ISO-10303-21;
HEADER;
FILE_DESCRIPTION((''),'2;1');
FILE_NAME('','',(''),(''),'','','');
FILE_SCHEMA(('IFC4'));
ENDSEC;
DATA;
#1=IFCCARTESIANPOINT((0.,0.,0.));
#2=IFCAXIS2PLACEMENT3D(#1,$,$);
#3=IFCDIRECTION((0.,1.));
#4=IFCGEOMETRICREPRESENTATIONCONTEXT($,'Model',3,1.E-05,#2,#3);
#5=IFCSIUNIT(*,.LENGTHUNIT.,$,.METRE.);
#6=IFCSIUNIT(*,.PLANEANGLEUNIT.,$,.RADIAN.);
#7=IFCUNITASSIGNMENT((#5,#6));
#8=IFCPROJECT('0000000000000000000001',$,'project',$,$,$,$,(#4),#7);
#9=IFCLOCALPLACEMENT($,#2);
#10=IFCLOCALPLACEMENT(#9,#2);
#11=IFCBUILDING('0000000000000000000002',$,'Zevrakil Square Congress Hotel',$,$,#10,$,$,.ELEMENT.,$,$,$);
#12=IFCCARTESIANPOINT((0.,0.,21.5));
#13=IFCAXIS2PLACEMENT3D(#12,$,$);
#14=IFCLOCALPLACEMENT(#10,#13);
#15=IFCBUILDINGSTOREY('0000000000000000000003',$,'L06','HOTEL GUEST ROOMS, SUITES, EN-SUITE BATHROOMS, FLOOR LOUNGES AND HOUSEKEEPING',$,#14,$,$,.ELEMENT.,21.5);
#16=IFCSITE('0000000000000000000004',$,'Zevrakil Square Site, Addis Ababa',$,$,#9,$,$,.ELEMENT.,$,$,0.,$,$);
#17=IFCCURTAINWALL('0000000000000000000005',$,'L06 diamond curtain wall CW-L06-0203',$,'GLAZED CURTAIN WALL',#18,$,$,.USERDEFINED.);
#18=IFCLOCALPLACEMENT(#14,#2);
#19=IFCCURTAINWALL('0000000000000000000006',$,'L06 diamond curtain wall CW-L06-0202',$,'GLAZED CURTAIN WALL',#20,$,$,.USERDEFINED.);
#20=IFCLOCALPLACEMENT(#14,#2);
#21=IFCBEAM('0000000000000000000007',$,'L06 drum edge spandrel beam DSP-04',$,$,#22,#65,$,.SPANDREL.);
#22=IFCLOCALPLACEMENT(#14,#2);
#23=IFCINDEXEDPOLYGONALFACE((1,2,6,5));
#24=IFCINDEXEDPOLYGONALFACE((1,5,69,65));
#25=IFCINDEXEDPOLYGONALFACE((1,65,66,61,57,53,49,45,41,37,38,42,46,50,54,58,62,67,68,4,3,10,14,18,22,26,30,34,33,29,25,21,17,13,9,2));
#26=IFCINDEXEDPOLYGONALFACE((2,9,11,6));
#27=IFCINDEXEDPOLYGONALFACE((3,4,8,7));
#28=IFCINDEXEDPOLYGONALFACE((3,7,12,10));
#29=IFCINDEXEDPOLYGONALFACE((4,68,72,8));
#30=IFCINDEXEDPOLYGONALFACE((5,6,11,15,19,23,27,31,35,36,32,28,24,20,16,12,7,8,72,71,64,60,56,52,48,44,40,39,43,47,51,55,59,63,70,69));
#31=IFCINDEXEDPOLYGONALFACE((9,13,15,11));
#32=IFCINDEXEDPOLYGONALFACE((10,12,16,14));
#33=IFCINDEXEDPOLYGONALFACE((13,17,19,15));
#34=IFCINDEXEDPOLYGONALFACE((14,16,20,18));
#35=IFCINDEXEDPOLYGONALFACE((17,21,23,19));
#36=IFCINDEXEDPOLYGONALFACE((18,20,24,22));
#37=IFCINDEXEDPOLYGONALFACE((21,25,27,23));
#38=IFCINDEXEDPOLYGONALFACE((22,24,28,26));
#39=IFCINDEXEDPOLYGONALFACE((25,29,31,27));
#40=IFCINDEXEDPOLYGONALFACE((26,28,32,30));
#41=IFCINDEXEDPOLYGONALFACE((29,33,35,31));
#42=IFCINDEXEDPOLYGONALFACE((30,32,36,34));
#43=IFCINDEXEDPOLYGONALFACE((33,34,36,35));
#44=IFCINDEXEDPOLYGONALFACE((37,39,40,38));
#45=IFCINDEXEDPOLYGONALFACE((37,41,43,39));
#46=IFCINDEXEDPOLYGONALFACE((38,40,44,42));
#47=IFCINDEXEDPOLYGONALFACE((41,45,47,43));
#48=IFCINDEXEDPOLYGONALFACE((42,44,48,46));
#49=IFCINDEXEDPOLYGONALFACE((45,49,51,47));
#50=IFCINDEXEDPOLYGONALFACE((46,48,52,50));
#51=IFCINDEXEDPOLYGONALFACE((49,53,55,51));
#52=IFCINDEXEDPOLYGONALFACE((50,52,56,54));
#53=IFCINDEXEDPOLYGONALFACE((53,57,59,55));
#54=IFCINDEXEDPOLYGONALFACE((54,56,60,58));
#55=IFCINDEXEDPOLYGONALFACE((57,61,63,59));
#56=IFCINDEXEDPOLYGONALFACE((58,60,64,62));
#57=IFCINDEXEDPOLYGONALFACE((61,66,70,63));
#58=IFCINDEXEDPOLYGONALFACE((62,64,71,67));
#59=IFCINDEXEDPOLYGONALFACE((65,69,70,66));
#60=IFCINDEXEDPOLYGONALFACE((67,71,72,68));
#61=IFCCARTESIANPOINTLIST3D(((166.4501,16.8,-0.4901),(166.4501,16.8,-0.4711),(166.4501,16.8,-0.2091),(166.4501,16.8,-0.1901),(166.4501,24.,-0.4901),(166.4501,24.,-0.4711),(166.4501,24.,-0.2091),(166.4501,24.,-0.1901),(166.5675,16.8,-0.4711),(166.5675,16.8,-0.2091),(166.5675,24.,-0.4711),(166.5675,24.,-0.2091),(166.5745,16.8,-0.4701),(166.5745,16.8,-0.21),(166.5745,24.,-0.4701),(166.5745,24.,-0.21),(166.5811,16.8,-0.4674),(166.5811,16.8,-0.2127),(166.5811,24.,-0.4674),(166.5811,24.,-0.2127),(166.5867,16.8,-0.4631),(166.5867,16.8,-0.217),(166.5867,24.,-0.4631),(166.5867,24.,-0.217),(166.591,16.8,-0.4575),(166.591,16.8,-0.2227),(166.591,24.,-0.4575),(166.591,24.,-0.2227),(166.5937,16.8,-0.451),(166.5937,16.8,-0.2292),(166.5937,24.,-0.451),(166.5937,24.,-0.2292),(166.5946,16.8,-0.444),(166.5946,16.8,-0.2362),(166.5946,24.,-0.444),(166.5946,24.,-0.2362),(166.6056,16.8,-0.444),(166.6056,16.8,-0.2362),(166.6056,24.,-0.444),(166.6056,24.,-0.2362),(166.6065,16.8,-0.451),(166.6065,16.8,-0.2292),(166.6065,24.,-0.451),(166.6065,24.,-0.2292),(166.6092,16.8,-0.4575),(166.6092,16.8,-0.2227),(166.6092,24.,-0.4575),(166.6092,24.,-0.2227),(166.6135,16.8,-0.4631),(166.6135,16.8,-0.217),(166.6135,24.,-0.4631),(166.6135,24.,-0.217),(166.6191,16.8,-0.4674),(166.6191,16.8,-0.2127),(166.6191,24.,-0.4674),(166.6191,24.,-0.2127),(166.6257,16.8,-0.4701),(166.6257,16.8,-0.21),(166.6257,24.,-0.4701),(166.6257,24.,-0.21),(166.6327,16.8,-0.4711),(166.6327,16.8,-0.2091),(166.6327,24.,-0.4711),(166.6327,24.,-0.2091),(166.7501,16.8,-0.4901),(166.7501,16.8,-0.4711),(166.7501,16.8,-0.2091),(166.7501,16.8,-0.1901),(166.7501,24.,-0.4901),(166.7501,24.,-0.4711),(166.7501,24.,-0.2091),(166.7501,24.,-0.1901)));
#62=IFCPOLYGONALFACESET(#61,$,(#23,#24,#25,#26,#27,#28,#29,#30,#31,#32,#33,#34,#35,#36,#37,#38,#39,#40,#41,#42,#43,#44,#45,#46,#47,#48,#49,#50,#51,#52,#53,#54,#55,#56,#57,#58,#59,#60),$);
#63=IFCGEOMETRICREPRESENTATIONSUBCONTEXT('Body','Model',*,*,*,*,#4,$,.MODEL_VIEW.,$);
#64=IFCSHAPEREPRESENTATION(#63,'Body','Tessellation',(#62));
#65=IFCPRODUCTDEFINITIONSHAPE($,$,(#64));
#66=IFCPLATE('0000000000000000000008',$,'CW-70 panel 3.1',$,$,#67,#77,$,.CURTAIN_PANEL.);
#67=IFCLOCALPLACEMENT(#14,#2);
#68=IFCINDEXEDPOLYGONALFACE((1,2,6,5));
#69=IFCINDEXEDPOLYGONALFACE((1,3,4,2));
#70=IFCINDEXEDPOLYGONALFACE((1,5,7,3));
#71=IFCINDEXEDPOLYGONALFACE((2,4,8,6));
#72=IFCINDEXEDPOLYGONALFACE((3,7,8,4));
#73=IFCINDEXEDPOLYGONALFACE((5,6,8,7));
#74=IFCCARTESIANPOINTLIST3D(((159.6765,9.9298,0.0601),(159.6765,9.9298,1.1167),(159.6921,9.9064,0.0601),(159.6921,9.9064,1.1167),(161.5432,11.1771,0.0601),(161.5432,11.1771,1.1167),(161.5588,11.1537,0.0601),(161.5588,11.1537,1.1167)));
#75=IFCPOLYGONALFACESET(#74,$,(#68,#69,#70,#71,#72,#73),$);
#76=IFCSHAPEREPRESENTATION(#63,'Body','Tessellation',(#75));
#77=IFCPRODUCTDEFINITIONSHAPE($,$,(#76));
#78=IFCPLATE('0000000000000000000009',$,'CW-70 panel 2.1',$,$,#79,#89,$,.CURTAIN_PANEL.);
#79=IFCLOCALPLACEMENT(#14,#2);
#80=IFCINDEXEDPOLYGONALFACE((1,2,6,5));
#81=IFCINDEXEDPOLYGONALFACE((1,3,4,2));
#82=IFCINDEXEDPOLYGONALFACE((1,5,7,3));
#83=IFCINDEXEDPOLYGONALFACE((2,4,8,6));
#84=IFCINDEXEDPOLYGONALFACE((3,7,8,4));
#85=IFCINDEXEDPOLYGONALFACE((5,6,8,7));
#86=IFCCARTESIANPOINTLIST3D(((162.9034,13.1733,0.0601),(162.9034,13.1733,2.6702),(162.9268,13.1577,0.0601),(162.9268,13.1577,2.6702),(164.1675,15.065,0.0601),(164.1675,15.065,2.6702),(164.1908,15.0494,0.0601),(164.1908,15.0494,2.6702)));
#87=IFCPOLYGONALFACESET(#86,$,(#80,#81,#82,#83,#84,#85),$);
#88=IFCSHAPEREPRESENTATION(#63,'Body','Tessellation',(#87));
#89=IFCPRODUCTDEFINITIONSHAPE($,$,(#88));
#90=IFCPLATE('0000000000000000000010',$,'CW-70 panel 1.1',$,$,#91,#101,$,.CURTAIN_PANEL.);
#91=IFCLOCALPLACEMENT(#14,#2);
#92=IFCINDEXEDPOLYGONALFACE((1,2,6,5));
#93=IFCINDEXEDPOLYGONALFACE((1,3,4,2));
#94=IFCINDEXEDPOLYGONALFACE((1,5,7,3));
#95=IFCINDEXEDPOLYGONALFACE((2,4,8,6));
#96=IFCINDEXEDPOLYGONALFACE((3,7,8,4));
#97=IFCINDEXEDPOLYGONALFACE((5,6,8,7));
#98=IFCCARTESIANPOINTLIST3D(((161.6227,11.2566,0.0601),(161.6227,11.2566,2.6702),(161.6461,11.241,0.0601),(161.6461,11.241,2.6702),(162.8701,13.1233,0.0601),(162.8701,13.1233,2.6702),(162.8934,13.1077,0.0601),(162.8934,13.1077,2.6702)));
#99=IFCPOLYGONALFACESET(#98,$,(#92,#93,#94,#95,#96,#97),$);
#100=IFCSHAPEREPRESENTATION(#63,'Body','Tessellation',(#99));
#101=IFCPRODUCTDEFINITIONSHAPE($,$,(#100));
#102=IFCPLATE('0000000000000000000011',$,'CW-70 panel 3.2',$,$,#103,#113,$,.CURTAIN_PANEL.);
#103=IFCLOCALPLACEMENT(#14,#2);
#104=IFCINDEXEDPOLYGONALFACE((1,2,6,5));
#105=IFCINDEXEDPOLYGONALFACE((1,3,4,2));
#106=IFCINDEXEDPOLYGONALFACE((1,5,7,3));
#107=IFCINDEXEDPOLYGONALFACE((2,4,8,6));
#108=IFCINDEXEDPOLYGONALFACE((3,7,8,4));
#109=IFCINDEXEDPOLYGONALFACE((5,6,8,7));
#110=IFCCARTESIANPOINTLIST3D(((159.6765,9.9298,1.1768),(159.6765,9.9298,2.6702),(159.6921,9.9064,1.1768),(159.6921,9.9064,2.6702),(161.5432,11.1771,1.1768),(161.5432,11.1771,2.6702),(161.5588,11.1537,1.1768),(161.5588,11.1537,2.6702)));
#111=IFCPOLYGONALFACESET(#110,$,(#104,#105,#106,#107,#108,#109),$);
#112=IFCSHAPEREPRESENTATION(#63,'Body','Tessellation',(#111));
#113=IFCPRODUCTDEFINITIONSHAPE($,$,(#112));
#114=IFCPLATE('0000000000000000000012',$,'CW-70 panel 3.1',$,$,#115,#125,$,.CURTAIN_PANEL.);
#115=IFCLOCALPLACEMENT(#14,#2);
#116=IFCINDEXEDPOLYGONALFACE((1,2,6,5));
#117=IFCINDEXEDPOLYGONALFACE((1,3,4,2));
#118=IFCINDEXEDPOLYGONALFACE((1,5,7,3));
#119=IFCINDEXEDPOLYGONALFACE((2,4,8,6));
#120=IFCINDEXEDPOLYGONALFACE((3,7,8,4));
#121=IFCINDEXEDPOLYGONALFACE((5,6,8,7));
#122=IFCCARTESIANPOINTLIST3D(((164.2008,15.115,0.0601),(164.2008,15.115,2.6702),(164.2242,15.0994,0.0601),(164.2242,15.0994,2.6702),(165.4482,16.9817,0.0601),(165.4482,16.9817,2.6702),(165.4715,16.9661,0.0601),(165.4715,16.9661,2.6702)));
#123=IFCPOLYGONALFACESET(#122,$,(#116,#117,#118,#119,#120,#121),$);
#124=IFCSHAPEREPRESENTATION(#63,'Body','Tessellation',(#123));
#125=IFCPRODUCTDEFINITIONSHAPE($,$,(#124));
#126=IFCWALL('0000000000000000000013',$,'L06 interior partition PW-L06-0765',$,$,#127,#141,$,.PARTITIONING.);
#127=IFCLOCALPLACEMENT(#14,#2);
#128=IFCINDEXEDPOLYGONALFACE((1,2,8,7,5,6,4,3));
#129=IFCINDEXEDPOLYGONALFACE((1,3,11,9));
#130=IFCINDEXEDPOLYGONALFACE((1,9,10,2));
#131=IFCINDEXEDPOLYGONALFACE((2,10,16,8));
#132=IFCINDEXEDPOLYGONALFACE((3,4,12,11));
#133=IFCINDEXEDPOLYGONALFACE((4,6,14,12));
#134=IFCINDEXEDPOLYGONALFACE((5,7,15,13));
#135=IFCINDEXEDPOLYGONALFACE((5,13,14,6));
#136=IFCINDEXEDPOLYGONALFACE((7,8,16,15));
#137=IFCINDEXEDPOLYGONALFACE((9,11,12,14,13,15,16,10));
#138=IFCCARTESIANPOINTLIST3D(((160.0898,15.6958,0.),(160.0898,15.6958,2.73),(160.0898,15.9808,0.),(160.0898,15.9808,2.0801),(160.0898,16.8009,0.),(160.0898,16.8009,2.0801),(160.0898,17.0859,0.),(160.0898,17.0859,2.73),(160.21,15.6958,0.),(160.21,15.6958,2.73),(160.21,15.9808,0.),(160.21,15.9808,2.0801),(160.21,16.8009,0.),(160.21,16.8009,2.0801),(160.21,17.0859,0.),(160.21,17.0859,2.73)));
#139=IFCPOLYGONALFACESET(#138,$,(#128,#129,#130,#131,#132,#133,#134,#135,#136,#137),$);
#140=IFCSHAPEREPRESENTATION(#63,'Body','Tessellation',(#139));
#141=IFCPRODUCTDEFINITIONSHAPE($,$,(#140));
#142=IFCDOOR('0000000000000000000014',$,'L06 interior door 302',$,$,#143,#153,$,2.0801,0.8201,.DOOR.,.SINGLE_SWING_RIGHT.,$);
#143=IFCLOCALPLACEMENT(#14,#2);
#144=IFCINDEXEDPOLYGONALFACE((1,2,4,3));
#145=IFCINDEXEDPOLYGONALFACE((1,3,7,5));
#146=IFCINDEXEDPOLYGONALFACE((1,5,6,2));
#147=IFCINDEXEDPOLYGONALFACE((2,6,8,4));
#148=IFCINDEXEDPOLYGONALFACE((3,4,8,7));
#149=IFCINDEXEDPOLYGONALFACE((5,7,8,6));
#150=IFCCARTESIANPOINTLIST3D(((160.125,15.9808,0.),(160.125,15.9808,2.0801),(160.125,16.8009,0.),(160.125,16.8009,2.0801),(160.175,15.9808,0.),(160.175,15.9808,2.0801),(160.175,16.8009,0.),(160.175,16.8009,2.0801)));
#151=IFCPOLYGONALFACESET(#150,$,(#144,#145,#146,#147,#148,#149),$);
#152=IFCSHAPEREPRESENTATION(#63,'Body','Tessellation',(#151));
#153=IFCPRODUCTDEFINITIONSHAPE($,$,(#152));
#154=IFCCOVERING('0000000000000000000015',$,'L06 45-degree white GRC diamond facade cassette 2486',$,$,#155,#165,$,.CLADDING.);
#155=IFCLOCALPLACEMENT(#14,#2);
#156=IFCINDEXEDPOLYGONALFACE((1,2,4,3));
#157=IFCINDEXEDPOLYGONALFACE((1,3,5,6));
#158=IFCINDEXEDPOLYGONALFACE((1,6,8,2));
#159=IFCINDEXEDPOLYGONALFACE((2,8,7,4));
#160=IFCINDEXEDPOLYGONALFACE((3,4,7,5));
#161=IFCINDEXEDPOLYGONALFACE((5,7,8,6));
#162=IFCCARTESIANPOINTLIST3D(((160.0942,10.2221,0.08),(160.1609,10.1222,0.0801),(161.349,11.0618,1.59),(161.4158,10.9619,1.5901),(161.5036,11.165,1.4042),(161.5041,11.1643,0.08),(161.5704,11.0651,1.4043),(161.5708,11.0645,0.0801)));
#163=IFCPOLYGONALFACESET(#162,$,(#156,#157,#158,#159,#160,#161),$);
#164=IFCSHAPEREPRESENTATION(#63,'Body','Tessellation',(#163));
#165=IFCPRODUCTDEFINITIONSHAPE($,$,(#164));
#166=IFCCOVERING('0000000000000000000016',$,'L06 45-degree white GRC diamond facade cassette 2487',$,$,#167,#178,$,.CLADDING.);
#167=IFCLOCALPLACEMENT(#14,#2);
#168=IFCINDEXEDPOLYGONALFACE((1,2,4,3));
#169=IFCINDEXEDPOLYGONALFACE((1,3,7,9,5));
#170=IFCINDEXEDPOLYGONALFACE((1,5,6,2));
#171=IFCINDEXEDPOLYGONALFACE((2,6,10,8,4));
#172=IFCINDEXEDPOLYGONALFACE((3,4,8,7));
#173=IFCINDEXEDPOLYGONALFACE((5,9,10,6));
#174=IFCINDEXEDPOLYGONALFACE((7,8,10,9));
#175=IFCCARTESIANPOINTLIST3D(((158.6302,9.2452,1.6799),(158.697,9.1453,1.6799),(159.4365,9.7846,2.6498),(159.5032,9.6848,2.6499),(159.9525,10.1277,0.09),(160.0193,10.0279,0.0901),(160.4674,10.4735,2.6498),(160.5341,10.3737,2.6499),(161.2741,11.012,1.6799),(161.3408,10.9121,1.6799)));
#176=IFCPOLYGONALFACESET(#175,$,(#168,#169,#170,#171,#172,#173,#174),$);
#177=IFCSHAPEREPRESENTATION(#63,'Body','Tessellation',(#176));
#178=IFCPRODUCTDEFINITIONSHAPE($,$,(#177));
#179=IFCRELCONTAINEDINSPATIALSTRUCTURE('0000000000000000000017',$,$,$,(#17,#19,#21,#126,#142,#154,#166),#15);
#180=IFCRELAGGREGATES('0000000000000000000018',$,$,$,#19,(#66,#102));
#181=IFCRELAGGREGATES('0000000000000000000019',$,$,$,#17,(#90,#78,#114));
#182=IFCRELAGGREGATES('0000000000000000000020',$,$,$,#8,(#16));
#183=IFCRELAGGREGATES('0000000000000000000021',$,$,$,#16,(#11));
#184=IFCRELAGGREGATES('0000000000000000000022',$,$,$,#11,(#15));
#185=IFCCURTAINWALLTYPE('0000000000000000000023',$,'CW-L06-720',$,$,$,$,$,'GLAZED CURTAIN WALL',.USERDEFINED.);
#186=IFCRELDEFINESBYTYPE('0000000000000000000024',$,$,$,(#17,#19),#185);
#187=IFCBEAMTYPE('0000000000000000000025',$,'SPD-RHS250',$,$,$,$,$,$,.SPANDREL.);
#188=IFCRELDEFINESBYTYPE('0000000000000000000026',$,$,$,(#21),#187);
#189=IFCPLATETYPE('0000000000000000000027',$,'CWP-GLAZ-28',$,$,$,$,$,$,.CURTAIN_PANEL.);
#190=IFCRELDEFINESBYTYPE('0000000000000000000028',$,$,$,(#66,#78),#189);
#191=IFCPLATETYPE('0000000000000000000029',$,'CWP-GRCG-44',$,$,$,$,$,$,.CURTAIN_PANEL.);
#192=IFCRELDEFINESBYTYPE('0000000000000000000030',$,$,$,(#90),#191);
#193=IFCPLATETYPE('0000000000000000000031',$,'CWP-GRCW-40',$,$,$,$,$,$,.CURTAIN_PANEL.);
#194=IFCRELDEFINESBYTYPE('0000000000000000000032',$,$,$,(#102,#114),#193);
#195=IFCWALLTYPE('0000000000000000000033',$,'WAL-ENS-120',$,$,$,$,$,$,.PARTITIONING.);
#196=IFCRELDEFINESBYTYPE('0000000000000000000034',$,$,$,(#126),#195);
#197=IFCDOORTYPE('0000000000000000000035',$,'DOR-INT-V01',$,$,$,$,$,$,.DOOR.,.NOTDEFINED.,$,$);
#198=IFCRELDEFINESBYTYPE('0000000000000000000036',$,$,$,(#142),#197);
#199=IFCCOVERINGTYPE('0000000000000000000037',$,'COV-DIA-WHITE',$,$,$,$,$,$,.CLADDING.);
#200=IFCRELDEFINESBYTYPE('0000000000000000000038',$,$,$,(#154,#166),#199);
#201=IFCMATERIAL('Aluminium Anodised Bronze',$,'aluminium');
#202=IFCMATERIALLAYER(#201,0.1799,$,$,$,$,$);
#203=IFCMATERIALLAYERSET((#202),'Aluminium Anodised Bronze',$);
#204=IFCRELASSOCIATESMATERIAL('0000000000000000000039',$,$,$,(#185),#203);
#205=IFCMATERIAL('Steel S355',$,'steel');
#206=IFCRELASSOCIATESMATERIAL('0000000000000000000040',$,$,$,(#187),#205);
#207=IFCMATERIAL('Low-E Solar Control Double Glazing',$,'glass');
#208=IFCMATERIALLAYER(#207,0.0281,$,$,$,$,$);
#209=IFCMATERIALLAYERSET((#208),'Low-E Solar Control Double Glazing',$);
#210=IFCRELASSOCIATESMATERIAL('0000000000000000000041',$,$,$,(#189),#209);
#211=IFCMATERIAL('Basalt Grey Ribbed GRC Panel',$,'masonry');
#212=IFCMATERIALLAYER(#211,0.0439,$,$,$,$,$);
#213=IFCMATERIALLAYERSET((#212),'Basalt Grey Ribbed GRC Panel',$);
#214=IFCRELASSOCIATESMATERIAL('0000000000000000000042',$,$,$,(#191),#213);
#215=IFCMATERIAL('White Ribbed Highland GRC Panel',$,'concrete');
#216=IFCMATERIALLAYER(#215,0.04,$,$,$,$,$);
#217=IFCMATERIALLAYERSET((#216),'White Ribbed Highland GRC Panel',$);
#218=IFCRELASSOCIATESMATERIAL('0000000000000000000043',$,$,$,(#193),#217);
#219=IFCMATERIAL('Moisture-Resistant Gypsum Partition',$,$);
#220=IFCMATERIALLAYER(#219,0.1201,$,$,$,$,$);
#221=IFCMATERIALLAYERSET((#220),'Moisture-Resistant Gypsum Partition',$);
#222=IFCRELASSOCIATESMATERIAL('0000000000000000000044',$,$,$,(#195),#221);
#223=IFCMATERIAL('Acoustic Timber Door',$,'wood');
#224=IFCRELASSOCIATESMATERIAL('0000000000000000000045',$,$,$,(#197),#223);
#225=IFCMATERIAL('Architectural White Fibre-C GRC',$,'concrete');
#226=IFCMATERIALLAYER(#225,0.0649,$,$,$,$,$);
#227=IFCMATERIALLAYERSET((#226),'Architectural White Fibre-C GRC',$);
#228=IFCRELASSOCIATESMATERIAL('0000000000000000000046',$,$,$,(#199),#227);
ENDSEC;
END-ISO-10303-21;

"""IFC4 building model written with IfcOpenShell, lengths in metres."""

from ifc_helpers import new_model, si_unit, direction, frame, frame_2d, origin, origin_2d, place, context, subcontext, project, spatial, polyline, rectangle, i_section, outline, extrude, material, layer, layer_set, material_profile, profile_set, type_object, element, fill, aggregate, save


model = new_model("IFC4")

# Units and contexts
model_context = context("Model", 3, precision=1e-05, world=origin(), true_north=direction((0.0, 1.0)))
body_context = subcontext(model_context, "Body", "Model", "MODEL_VIEW")
ifc_project = project(units=[si_unit("LENGTHUNIT", "METRE"), si_unit("PLANEANGLEUNIT", "RADIAN")], contexts=[model_context])

# Site, building, storey
site_placement = place(None, origin())
site = spatial("IfcSite", under=ifc_project, at=site_placement, Name="Zevrakil Square Site, Addis Ababa", CompositionType="ELEMENT", RefElevation=0.0)
building_placement = place(site_placement, origin())
building = spatial("IfcBuilding", under=site, at=building_placement, Name="Zevrakil Square Congress Hotel", CompositionType="ELEMENT")
storey_placement = place(building_placement, frame((0.0, 0.0, 21.5)))
storey = spatial("IfcBuildingStorey", under=building, at=storey_placement, Name="L06", Description="HOTEL GUEST ROOMS, SUITES, EN-SUITE BATHROOMS, FLOOR LOUNGES AND HOUSEKEEPING", CompositionType="ELEMENT", Elevation=21.5)

# Curtain wall
ifc_material_1 = material(Name="Aluminium Anodised Bronze", Category="aluminium")
ifc_layer_1 = layer(ifc_material_1, 0.1799)
ifc_layer_set_1 = layer_set([ifc_layer_1], Name="Aluminium Anodised Bronze")
curtain_wall_type = type_object("IfcCurtainWallType", Name="CW-L06-720", ElementType="GLAZED CURTAIN WALL", PredefinedType="USERDEFINED", material=ifc_layer_set_1)
curtain_wall_1_placement = place(storey_placement, origin())
curtain_wall_1 = element("IfcCurtainWall", 1, at=curtain_wall_1_placement, inside=storey, type_object=curtain_wall_type, Name="L06 diamond curtain wall CW-L06-0203", ObjectType="GLAZED CURTAIN WALL", PredefinedType="USERDEFINED")

# Curtain wall
curtain_wall_2_placement = place(storey_placement, origin())
curtain_wall_2 = element("IfcCurtainWall", 2, at=curtain_wall_2_placement, inside=storey, type_object=curtain_wall_type, Name="L06 diamond curtain wall CW-L06-0202", ObjectType="GLAZED CURTAIN WALL", PredefinedType="USERDEFINED")

# Beam
ifc_material_2 = material(Name="Steel S355", Category="steel")
ifc_material_profile_1 = material_profile(ifc_material_2, i_section(OverallWidth=0.3, OverallDepth=0.3, WebThickness=0.011, FlangeThickness=0.019, FilletRadius=0.0271, at=origin_2d()), Name="HEB 300")
ifc_profile_set_1 = profile_set([ifc_material_profile_1], Name="Steel S355")
beam_type_1 = type_object("IfcBeamType", Name="SPD-RHS250", PredefinedType="SPANDREL", material=ifc_profile_set_1)
beam_1_placement = place(storey_placement, frame((166.6001, 16.8, -0.3401), z_axis=(0.0, 1.0, 0.0), x_axis=(-1.0, 0.0, 0.0)))
element("IfcBeam", 3, at=beam_1_placement, inside=storey, type_object=beam_type_1, Name="L06 drum edge spandrel beam DSP-04", PredefinedType="SPANDREL", context=body_context, shape_type="SweptSolid", body=[
    extrude(i_section(OverallWidth=0.3, OverallDepth=0.3, WebThickness=0.011, FlangeThickness=0.019, FilletRadius=0.0271, at=origin_2d()), origin(), (0.0, 0.0, 1.0), 7.2),
])

# Plates
ifc_material_3 = material(Name="Low-E Solar Control Double Glazing", Category="glass")
ifc_layer_2 = layer(ifc_material_3, 0.0281)
ifc_layer_set_2 = layer_set([ifc_layer_2], Name="Low-E Solar Control Double Glazing")
plate_type_1 = type_object("IfcPlateType", Name="CWP-GLAZ-28", PredefinedType="CURTAIN_PANEL", material=ifc_layer_set_2)
plate_1_placement = place(storey_placement, frame((160.6177, 10.5417, 0.0601), z_axis=(0.0, 0.0, 1.0), x_axis=(0.831466, 0.555576, 0.0)))
plate_1 = element("IfcPlate", 4, at=plate_1_placement, type_object=plate_type_1, Name="CW-70 panel 3.1", PredefinedType="CURTAIN_PANEL", context=body_context, shape_type="SweptSolid", body=[
    extrude(rectangle(XDim=2.2451, YDim=0.0281, at=origin_2d()), origin(), (0.0, 0.0, 1.0), 1.0566),
])
plate_2_placement = place(storey_placement, frame((163.5471, 14.1113, 0.0601), z_axis=(0.0, 0.0, 1.0), x_axis=(0.555576, 0.831466, 0.0)))
plate_2 = element("IfcPlate", 5, at=plate_2_placement, type_object=plate_type_1, Name="CW-70 panel 2.1", PredefinedType="CURTAIN_PANEL", context=body_context, shape_type="SweptSolid", body=[
    extrude(rectangle(XDim=2.2751, YDim=0.0281, at=origin_2d()), origin(), (0.0, 0.0, 1.0), 2.6101),
])
ifc_material_4 = material(Name="Basalt Grey Ribbed GRC Panel", Category="masonry")
ifc_layer_3 = layer(ifc_material_4, 0.0439)
ifc_layer_set_3 = layer_set([ifc_layer_3], Name="Basalt Grey Ribbed GRC Panel")
plate_type_2 = type_object("IfcPlateType", Name="CWP-GRCG-44", PredefinedType="CURTAIN_PANEL", material=ifc_layer_set_3)
plate_3_placement = place(storey_placement, frame((162.2581, 12.1821, 0.0601), z_axis=(0.0, 0.0, 1.0), x_axis=(0.555576, 0.831466, 0.0)))
plate_3 = element("IfcPlate", 6, at=plate_3_placement, type_object=plate_type_2, Name="CW-70 panel 1.1", PredefinedType="CURTAIN_PANEL", context=body_context, shape_type="SweptSolid", body=[
    extrude(rectangle(XDim=2.2451, YDim=0.0281, at=origin_2d()), origin(), (0.0, 0.0, 1.0), 2.6101),
])
ifc_material_5 = material(Name="White Ribbed Highland GRC Panel", Category="concrete")
ifc_layer_4 = layer(ifc_material_5, 0.04)
ifc_layer_set_4 = layer_set([ifc_layer_4], Name="White Ribbed Highland GRC Panel")
plate_type_3 = type_object("IfcPlateType", Name="CWP-GRCW-40", PredefinedType="CURTAIN_PANEL", material=ifc_layer_set_4)
plate_4_placement = place(storey_placement, frame((160.6177, 10.5417, 1.1768), z_axis=(0.0, 0.0, 1.0), x_axis=(0.831466, 0.555576, 0.0)))
plate_4 = element("IfcPlate", 7, at=plate_4_placement, type_object=plate_type_3, Name="CW-70 panel 3.2", PredefinedType="CURTAIN_PANEL", context=body_context, shape_type="SweptSolid", body=[
    extrude(rectangle(XDim=2.2451, YDim=0.0281, at=origin_2d()), origin(), (0.0, 0.0, 1.0), 1.4934),
])
aggregate(curtain_wall_2, [plate_1, plate_4])
plate_5_placement = place(storey_placement, frame((164.8362, 16.0405, 0.0601), z_axis=(0.0, 0.0, 1.0), x_axis=(0.555576, 0.831466, 0.0)))
plate_5 = element("IfcPlate", 8, at=plate_5_placement, type_object=plate_type_3, Name="CW-70 panel 3.1", PredefinedType="CURTAIN_PANEL", context=body_context, shape_type="SweptSolid", body=[
    extrude(rectangle(XDim=2.2451, YDim=0.0281, at=origin_2d()), origin(), (0.0, 0.0, 1.0), 2.6101),
])
aggregate(curtain_wall_1, [plate_3, plate_2, plate_5])

# Wall, opening, door
ifc_material_6 = material(Name="Moisture-Resistant Gypsum Partition")
ifc_layer_5 = layer(ifc_material_6, 0.1201)
ifc_layer_set_5 = layer_set([ifc_layer_5], Name="Moisture-Resistant Gypsum Partition")
wall_type = type_object("IfcWallType", Name="WAL-ENS-120", PredefinedType="PARTITIONING", material=ifc_layer_set_5)
wall_placement = place(storey_placement, frame((160.1499, 15.6958, 0.0), z_axis=(0.0, 0.0, 1.0), x_axis=(0.0, 1.0, 0.0)))
wall = element("IfcWall", 9, at=wall_placement, inside=storey, type_object=wall_type, Name="L06 interior partition PW-L06-0765", PredefinedType="PARTITIONING", context=body_context, shape_type="SweptSolid", body=[
    extrude(rectangle(XDim=1.3901, YDim=0.1201, at=frame_2d((0.6951, 0.0))), origin(), (0.0, 0.0, 1.0), 2.73),
])
opening_placement = place(wall_placement, frame((0.2849, 0.0, 0.0)))
opening = element("IfcOpeningElement", 10, at=opening_placement, cuts=wall, PredefinedType="OPENING", context=body_context, shape_type="SweptSolid", body=[
    extrude(rectangle(XDim=0.8201, YDim=2.0801, at=frame_2d((0.4102, 1.04))), frame((0.0, 0.0701, 0.0), z_axis=(0.0, -1.0, 0.0), x_axis=(1.0, 0.0, 0.0)), (0.0, 0.0, 1.0), 0.1401),
])
ifc_material_7 = material(Name="Acoustic Timber Door", Category="wood")
door_type = type_object("IfcDoorType", Name="DOR-INT-V01", OperationType="NOTDEFINED", PredefinedType="DOOR", material=ifc_material_7)
door_placement = place(opening_placement, origin())
door = element("IfcDoor", 11, at=door_placement, inside=storey, type_object=door_type, Name="L06 interior door 302", OperationType="SINGLE_SWING_RIGHT", OverallHeight=2.0801, OverallWidth=0.8201, PredefinedType="DOOR", context=body_context, shape_type="SweptSolid", body=[
    extrude(rectangle(XDim=0.8201, YDim=2.0801, at=frame_2d((0.4102, 1.04))), frame((0.0, 0.0249, 0.0), z_axis=(0.0, -1.0, 0.0), x_axis=(1.0, 0.0, 0.0)), (0.0, 0.0, 1.0), 0.05),
])
fill(opening, door)

# Coverings
ifc_material_8 = material(Name="Architectural White Fibre-C GRC", Category="concrete")
ifc_layer_6 = layer(ifc_material_8, 0.0649)
ifc_layer_set_6 = layer_set([ifc_layer_6], Name="Architectural White Fibre-C GRC")
covering_type_1 = type_object("IfcCoveringType", Name="COV-DIA-WHITE", PredefinedType="CLADDING", material=ifc_layer_set_6)
covering_1_placement = place(storey_placement, frame((161.4158, 10.9619, 1.5901), z_axis=(0.555646, -0.831419, 0.000588), x_axis=(0.588259, 0.39264, -0.706955)))
element("IfcCovering", 12, at=covering_1_placement, inside=storey, type_object=covering_type_1, Name="L06 45-degree white GRC diamond facade cassette 2486", PredefinedType="CLADDING", context=body_context, shape_type="SweptSolid", body=[
    extrude(outline(polyline([(0.0, 0.0), (0.2628, 0.0), (1.199, -0.9366), (-0.0003, -2.1354), (0.0, 0.0)])), origin(), (0.0, 0.0, -1.0), 0.1201),
])
covering_2_placement = place(storey_placement, frame((161.3408, 10.9121, 1.6799), z_axis=(0.555617, -0.831438, 0.000567), x_axis=(-0.587739, -0.393245, -0.707051)))
element("IfcCovering", 13, at=covering_2_placement, inside=storey, type_object=covering_type_1, Name="L06 45-degree white GRC diamond facade cassette 2487", PredefinedType="CLADDING", context=body_context, shape_type="SweptSolid", body=[
    extrude(outline(polyline([(0.0, 0.0), (2.2486, 0.0), (2.2487, -2.2483), (0.8769, -2.2484), (0.0001, -1.3717), (0.0, 0.0)])), origin(), (0.0, 0.0, -1.0), 0.1201),
])

save(model, "model.ifc")
